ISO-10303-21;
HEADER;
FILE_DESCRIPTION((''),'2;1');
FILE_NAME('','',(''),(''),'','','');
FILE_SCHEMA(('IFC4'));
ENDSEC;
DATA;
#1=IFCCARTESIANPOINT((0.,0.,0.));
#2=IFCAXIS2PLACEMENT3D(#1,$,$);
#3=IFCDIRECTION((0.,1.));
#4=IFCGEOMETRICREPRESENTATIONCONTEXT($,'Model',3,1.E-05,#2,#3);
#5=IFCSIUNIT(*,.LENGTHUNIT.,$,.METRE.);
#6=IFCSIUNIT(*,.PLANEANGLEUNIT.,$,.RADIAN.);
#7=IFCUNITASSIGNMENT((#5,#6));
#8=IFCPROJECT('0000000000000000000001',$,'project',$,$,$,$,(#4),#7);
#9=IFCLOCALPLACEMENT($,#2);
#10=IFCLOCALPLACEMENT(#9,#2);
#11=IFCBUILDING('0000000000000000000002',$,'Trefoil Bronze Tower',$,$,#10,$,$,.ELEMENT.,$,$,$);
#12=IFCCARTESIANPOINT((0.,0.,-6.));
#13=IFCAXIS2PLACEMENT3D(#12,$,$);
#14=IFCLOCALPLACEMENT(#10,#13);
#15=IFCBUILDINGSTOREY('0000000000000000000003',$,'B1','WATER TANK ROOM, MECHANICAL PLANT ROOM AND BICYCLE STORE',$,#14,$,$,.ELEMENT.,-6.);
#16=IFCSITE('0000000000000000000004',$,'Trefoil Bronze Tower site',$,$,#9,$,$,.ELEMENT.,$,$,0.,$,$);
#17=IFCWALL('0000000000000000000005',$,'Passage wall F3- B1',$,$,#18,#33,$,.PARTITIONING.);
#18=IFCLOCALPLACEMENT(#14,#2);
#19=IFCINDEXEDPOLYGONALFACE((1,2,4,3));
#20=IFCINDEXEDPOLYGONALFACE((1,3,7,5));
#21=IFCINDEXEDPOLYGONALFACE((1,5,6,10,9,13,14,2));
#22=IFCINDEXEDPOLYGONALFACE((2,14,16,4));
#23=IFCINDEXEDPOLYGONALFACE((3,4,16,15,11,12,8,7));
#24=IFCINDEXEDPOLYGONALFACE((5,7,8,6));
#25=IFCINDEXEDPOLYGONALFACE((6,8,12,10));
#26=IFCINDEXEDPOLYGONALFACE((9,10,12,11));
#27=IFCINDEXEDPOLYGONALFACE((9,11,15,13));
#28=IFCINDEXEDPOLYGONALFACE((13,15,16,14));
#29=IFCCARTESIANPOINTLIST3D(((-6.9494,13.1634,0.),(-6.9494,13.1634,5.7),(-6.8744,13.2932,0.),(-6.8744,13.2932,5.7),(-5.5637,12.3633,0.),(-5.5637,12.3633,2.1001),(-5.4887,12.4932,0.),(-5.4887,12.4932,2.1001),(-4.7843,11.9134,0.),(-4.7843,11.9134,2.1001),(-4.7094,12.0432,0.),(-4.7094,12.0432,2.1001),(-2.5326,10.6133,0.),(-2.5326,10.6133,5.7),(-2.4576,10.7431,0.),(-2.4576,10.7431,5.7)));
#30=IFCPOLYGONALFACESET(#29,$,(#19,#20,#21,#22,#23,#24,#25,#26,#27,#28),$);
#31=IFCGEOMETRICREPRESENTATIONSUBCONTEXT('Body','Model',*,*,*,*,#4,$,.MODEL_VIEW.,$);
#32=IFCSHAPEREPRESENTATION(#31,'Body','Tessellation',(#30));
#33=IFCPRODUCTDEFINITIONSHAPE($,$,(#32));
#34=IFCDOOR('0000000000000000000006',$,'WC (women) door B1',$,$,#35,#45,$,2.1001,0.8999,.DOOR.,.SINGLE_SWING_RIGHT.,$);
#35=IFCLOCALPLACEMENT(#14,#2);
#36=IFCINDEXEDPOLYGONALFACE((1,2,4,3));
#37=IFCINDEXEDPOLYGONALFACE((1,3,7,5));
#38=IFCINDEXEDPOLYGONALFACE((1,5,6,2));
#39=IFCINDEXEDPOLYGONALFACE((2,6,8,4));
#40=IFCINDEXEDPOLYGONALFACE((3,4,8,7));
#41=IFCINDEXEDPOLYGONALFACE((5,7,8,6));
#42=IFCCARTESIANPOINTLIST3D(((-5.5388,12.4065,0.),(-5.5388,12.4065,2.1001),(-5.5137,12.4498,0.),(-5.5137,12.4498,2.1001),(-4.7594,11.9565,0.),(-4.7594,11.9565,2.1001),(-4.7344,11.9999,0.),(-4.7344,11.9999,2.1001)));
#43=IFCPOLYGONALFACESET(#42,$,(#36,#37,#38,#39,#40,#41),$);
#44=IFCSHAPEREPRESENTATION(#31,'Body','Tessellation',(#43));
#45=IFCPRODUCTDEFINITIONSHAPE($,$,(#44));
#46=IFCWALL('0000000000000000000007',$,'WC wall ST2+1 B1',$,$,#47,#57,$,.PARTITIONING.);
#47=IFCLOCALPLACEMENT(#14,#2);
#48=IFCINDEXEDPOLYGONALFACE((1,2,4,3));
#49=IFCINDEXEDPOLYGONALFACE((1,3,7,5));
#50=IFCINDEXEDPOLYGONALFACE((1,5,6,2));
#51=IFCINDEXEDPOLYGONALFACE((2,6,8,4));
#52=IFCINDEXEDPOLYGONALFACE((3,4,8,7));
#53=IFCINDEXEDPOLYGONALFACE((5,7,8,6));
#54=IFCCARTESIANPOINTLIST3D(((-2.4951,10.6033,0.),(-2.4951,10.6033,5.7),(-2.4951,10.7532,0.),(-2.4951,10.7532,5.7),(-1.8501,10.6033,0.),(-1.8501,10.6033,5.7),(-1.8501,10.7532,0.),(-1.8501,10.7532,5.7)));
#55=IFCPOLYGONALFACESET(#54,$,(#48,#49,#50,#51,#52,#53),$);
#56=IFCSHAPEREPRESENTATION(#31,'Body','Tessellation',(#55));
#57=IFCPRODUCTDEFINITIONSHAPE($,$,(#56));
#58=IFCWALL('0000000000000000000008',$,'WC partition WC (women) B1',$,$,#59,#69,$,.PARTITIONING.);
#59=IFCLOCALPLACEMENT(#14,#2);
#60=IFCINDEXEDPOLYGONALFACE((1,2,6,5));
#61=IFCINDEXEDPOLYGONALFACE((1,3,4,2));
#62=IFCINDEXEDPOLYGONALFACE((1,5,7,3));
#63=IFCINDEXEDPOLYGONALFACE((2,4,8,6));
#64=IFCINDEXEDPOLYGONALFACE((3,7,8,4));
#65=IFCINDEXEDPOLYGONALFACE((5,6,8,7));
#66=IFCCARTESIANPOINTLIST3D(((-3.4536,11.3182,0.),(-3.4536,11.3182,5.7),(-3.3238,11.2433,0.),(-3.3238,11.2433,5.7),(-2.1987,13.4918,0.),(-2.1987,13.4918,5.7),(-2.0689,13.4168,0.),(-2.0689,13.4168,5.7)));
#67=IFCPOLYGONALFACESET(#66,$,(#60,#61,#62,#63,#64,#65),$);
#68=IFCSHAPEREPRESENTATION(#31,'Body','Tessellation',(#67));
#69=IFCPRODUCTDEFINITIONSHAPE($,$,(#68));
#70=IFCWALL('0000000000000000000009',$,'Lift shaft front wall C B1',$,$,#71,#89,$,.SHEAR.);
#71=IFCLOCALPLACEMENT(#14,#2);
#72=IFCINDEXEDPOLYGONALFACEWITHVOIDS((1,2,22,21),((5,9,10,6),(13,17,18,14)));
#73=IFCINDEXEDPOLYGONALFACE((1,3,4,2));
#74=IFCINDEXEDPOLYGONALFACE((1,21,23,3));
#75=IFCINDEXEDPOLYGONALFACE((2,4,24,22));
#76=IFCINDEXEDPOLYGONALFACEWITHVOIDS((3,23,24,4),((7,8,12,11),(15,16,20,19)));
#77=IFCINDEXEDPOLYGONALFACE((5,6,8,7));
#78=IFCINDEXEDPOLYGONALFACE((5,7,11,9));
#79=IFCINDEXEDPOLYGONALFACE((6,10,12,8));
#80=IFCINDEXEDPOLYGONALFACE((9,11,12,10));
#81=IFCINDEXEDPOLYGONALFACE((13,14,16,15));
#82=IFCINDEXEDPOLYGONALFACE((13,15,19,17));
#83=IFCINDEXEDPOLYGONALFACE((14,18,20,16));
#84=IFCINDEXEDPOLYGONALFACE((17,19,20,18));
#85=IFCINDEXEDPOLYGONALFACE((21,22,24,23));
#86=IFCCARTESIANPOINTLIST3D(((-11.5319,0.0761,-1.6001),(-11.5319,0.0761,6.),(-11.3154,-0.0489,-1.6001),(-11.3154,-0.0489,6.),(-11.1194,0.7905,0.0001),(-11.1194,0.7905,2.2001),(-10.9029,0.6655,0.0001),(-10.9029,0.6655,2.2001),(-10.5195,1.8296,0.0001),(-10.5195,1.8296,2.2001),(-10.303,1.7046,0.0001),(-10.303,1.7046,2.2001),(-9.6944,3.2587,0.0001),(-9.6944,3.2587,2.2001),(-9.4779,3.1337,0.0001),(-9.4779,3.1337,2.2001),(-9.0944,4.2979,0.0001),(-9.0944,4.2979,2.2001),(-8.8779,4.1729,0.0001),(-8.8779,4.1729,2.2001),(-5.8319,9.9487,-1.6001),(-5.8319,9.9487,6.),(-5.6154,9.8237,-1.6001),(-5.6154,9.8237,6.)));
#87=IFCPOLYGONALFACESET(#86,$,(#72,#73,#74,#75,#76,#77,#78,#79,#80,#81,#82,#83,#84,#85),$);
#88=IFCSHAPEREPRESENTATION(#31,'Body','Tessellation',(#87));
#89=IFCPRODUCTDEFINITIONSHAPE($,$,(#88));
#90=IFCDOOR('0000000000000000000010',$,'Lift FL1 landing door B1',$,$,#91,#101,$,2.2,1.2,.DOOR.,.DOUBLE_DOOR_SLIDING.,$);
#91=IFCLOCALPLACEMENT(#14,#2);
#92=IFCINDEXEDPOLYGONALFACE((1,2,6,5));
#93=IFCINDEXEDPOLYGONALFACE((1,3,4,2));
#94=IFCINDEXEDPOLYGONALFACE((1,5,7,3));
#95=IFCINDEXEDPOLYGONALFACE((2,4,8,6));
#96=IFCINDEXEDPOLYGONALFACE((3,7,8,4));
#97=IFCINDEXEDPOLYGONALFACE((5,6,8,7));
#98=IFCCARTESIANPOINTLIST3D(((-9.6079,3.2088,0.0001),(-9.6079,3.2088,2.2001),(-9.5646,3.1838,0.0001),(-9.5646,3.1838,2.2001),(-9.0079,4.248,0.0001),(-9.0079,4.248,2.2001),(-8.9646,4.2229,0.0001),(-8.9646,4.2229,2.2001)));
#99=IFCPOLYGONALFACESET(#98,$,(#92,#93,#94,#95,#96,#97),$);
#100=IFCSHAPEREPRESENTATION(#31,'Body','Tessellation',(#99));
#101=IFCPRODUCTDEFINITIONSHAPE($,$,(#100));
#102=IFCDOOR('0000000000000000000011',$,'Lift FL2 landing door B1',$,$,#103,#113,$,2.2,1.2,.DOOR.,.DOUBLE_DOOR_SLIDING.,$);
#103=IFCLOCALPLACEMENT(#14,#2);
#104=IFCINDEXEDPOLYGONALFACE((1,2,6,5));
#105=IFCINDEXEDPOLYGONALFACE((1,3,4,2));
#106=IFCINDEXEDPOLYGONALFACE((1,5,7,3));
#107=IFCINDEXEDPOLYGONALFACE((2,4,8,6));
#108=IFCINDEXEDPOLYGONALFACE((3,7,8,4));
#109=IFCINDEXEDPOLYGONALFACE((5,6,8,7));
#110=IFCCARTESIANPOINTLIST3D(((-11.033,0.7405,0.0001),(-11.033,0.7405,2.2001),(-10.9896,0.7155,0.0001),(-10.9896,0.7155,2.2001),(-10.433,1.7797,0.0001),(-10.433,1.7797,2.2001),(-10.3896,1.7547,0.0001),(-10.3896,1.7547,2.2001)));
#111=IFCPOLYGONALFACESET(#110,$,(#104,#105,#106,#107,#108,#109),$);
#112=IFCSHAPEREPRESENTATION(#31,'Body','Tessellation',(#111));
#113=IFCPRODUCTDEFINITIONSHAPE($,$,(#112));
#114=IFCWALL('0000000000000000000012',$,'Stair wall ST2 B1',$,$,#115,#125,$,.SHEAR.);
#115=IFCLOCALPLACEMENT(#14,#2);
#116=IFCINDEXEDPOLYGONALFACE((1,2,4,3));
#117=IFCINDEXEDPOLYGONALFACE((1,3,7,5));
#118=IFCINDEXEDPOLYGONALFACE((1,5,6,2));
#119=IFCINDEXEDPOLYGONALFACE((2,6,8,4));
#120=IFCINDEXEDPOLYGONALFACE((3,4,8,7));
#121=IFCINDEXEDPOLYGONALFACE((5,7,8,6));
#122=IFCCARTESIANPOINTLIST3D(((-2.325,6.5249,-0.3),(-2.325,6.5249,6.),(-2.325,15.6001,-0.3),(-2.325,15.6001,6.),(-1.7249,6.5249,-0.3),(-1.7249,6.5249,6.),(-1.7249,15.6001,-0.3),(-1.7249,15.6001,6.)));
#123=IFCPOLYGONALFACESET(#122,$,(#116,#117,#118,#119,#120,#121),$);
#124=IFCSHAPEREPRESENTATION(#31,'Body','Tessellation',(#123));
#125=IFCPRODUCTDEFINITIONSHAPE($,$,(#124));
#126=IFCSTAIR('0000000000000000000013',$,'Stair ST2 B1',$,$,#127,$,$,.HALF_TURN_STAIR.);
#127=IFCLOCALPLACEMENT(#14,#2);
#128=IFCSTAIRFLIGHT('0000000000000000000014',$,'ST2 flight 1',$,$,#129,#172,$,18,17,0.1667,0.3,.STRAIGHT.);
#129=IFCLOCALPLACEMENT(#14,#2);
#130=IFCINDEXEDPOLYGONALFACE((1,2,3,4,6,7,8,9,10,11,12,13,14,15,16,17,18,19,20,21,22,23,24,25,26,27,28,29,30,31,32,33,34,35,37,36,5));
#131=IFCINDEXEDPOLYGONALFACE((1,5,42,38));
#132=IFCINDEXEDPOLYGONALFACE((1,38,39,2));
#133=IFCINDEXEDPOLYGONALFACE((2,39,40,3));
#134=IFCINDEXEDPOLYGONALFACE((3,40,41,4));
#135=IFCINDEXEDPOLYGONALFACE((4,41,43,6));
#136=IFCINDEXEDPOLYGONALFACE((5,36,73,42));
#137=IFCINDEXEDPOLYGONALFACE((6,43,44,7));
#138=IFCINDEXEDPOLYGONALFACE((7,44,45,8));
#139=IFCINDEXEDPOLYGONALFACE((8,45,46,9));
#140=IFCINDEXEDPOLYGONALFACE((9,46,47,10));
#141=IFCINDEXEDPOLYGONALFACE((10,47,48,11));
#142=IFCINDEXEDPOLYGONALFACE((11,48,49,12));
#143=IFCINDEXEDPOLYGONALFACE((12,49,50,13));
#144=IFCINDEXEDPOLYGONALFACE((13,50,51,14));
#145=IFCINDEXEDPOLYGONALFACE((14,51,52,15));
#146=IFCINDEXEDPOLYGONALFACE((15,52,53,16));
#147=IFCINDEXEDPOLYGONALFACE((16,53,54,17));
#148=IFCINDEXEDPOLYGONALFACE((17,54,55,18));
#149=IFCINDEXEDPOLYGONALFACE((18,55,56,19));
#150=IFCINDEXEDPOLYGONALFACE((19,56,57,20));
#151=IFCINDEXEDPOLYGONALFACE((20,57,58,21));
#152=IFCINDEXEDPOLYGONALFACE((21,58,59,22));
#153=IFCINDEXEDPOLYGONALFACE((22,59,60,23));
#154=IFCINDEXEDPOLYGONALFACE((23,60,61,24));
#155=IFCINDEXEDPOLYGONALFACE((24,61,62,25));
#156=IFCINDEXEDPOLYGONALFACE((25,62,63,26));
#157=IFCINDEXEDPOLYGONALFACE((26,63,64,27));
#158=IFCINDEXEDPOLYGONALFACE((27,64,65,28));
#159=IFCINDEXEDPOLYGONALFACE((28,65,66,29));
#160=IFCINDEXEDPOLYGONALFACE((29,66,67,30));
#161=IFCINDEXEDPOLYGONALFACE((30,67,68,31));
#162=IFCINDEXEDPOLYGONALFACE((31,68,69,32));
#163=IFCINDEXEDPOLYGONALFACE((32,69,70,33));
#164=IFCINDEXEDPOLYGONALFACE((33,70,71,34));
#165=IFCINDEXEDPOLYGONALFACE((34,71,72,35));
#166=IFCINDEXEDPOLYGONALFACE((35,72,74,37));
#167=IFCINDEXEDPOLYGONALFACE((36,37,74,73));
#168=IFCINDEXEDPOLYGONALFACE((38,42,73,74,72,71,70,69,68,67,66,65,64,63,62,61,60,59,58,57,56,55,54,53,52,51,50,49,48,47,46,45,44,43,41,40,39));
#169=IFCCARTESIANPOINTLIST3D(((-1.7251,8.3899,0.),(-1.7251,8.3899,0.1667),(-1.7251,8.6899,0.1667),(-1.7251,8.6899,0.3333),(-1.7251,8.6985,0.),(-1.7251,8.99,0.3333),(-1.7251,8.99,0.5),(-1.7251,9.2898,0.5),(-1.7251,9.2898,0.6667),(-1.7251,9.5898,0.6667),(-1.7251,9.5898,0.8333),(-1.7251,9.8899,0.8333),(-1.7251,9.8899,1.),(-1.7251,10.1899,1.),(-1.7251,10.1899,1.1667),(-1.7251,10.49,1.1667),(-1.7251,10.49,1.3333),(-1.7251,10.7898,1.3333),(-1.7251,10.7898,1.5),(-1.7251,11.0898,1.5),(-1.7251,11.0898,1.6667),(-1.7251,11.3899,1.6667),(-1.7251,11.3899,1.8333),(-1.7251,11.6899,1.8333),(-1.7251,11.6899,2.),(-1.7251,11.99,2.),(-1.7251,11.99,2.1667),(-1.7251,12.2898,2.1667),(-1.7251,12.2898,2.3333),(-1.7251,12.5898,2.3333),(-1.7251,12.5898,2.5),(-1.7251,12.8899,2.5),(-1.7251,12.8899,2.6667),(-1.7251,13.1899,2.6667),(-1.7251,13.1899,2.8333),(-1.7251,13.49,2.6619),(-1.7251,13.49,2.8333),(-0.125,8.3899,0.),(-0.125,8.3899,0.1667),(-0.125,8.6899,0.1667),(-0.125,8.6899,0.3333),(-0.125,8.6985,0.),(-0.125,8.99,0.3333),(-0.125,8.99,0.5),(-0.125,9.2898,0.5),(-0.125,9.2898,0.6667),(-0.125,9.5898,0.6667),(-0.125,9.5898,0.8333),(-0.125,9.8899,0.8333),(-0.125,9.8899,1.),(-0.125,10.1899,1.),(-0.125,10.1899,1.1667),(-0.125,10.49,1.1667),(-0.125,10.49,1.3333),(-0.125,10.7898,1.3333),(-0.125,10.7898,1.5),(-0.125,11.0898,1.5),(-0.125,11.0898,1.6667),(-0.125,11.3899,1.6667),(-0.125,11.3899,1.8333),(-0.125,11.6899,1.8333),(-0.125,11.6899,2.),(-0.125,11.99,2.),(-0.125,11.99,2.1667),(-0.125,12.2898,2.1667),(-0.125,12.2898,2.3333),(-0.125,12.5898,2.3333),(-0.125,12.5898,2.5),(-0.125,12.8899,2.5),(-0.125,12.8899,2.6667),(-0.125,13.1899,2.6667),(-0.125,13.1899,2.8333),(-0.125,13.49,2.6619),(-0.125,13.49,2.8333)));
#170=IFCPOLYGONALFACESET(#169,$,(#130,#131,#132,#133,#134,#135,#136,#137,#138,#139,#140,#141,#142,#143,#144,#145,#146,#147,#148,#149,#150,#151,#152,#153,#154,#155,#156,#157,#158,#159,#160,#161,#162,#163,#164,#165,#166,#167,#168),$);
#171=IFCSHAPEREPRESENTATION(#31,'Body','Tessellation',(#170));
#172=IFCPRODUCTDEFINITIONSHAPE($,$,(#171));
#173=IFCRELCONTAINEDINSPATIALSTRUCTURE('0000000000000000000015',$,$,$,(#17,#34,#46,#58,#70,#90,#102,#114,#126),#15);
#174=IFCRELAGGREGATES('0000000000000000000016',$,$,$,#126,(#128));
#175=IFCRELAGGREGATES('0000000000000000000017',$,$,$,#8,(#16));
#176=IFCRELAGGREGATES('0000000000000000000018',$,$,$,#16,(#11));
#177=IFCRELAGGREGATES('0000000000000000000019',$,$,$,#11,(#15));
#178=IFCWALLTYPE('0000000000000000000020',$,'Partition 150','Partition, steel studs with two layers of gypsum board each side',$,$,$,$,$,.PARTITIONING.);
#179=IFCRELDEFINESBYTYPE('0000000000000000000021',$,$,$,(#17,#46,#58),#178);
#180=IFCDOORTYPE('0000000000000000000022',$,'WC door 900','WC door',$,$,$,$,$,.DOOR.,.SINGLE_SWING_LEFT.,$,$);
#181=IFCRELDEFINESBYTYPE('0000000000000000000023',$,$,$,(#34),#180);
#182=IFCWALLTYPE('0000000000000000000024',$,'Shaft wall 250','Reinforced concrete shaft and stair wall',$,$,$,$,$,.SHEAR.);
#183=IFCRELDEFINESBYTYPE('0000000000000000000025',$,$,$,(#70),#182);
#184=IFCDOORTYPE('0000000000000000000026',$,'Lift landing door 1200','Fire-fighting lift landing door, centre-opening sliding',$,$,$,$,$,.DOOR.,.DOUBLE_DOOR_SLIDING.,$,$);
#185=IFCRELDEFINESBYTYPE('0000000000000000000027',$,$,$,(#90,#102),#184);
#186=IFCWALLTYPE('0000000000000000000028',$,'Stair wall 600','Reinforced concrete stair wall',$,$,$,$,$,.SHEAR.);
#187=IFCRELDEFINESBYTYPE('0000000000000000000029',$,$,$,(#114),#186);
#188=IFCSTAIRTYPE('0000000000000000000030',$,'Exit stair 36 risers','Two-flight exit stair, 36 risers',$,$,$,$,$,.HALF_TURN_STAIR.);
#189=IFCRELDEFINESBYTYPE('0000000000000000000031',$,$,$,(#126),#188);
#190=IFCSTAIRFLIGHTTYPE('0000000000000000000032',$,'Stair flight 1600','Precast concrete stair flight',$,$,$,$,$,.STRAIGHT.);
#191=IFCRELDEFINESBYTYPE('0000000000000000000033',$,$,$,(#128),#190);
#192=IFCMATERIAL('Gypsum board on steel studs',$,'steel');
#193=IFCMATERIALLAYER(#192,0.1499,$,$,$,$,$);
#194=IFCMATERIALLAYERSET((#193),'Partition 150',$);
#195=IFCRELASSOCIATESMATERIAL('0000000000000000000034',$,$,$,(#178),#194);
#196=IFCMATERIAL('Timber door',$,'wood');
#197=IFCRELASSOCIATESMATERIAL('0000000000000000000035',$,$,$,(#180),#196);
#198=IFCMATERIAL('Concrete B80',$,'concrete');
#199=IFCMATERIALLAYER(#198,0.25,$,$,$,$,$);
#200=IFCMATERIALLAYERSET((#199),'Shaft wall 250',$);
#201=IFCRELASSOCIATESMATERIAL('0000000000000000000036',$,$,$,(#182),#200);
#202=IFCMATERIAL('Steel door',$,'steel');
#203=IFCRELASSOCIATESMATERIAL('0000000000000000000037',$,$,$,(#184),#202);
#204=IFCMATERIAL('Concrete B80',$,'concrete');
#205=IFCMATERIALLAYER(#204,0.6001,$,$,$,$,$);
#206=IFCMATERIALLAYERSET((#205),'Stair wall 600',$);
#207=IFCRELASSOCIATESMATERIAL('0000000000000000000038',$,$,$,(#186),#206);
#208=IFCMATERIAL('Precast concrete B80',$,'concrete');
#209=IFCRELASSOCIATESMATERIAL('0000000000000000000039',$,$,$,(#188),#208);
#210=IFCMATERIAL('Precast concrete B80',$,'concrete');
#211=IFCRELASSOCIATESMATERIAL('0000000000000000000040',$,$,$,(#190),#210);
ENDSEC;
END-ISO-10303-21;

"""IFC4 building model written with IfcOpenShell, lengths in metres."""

from ifc_helpers import new_model, si_unit, direction, frame, frame_2d, origin, place, context, subcontext, project, spatial, polyline, rectangle, outline, extrude, material, layer, layer_set, type_object, element, fill, aggregate, save


model = new_model("IFC4")

# Units and contexts
model_context = context("Model", 3, precision=1e-05, world=origin(), true_north=direction((0.0, 1.0)))
body_context = subcontext(model_context, "Body", "Model", "MODEL_VIEW")
ifc_project = project(units=[si_unit("LENGTHUNIT", "METRE"), si_unit("PLANEANGLEUNIT", "RADIAN")], contexts=[model_context])

# Site, building, storey
site_placement = place(None, origin())
site = spatial("IfcSite", under=ifc_project, at=site_placement, Name="Trefoil Bronze Tower site", CompositionType="ELEMENT", RefElevation=0.0)
building_placement = place(site_placement, origin())
building = spatial("IfcBuilding", under=site, at=building_placement, Name="Trefoil Bronze Tower", CompositionType="ELEMENT")
storey_placement = place(building_placement, frame((0.0, 0.0, -6.0)))
storey = spatial("IfcBuildingStorey", under=building, at=storey_placement, Name="B1", Description="WATER TANK ROOM, MECHANICAL PLANT ROOM AND BICYCLE STORE", CompositionType="ELEMENT", Elevation=-6.0)

# Wall, opening, door
ifc_material_1 = material(Name="Gypsum board on steel studs", Category="steel")
ifc_layer_1 = layer(ifc_material_1, 0.1499)
ifc_layer_set_1 = layer_set([ifc_layer_1], Name="Partition 150")
wall_type_1 = type_object("IfcWallType", Name="Partition 150", Description="Partition, steel studs with two layers of gypsum board each side", PredefinedType="PARTITIONING", material=ifc_layer_set_1)
wall_1_placement = place(storey_placement, frame((-2.4951, 10.6782, 0.0), z_axis=(0.0, 0.0, 1.0), x_axis=(-0.866022, 0.500006, 0.0)))
wall_1 = element("IfcWall", 1, at=wall_1_placement, inside=storey, type_object=wall_type_1, Name="Passage wall F3- B1", PredefinedType="PARTITIONING", context=body_context, shape_type="SweptSolid", body=[
    extrude(rectangle(XDim=5.1001, YDim=0.1499, at=frame_2d((2.55, 0.0))), origin(), (0.0, 0.0, 1.0), 5.7),
])
opening_1_placement = place(wall_1_placement, frame((2.6001, 0.0, 0.0)))
opening_1 = element("IfcOpeningElement", 2, at=opening_1_placement, cuts=wall_1, PredefinedType="OPENING", context=body_context, shape_type="SweptSolid", body=[
    extrude(rectangle(XDim=0.8999, YDim=2.1001, at=frame_2d((0.45, 1.05))), frame((0.0, 0.085, 0.0), z_axis=(0.0, -1.0, 0.0), x_axis=(1.0, 0.0, 0.0)), (0.0, 0.0, 1.0), 0.1699),
])
ifc_material_2 = material(Name="Timber door", Category="wood")
door_type_1 = type_object("IfcDoorType", Name="WC door 900", Description="WC door", OperationType="SINGLE_SWING_LEFT", PredefinedType="DOOR", material=ifc_material_2)
door_1_placement = place(opening_1_placement, frame((0.8999, 0.0, 0.0), z_axis=(0.0, 0.0, 1.0), x_axis=(-1.0, 0.0, 0.0)))
door_1 = element("IfcDoor", 3, at=door_1_placement, inside=storey, type_object=door_type_1, Name="WC (women) door B1", OperationType="SINGLE_SWING_RIGHT", OverallHeight=2.1001, OverallWidth=0.8999, PredefinedType="DOOR", context=body_context, shape_type="SweptSolid", body=[
    extrude(rectangle(XDim=0.8999, YDim=2.1001, at=frame_2d((0.45, 1.05))), frame((0.0, 0.0249, 0.0), z_axis=(0.0, -1.0, 0.0), x_axis=(1.0, 0.0, 0.0)), (0.0, 0.0, 1.0), 0.05),
])
fill(opening_1, door_1)

# Walls
wall_2_placement = place(storey_placement, frame((-2.4951, 10.6782, 0.0), z_axis=(0.0, 0.0, 1.0), x_axis=(1.0, 0.0, 0.0)))
element("IfcWall", 4, at=wall_2_placement, inside=storey, type_object=wall_type_1, Name="WC wall ST2+1 B1", PredefinedType="PARTITIONING", context=body_context, shape_type="SweptSolid", body=[
    extrude(rectangle(XDim=0.645, YDim=0.1499, at=frame_2d((0.3225, 0.0))), origin(), (0.0, 0.0, 1.0), 5.7),
])
wall_3_placement = place(storey_placement, frame((-3.3887, 11.2808, 0.0), z_axis=(0.0, 0.0, 1.0), x_axis=(0.499989, 0.866032, 0.0)))
element("IfcWall", 5, at=wall_3_placement, inside=storey, type_object=wall_type_1, Name="WC partition WC (women) B1", PredefinedType="PARTITIONING", context=body_context, shape_type="SweptSolid", body=[
    extrude(rectangle(XDim=2.5098, YDim=0.1499, at=frame_2d((1.2549, 0.0))), origin(), (0.0, 0.0, 1.0), 5.7),
])

# Wall, openings, doors
ifc_material_3 = material(Name="Concrete B80", Category="concrete")
ifc_layer_2 = layer(ifc_material_3, 0.25)
ifc_layer_set_2 = layer_set([ifc_layer_2], Name="Shaft wall 250")
wall_type_2 = type_object("IfcWallType", Name="Shaft wall 250", Description="Reinforced concrete shaft and stair wall", PredefinedType="SHEAR", material=ifc_layer_set_2)
wall_4_placement = place(storey_placement, frame((-5.7236, 9.8862, -1.6001), z_axis=(0.0, 0.0, 1.0), x_axis=(-0.500002, -0.866024, 0.0)))
wall_4 = element("IfcWall", 6, at=wall_4_placement, inside=storey, type_object=wall_type_2, Name="Lift shaft front wall C B1", PredefinedType="SHEAR", context=body_context, shape_type="SweptSolid", body=[
    extrude(rectangle(XDim=11.3999, YDim=0.25, at=frame_2d((5.7, 0.0))), origin(), (0.0, 0.0, 1.0), 7.6001),
])
opening_2_placement = place(wall_4_placement, frame((6.5249, 0.0, 1.6001)))
opening_2 = element("IfcOpeningElement", 7, at=opening_2_placement, cuts=wall_4, PredefinedType="OPENING", context=body_context, shape_type="SweptSolid", body=[
    extrude(rectangle(XDim=1.2, YDim=2.2, at=frame_2d((0.6001, 1.1001))), frame((0.0, 0.135, 0.0), z_axis=(0.0, -1.0, 0.0), x_axis=(1.0, 0.0, 0.0)), (0.0, 0.0, 1.0), 0.27),
])
opening_3_placement = place(wall_4_placement, frame((9.375, 0.0, 1.6001)))
opening_3 = element("IfcOpeningElement", 8, at=opening_3_placement, cuts=wall_4, PredefinedType="OPENING", context=body_context, shape_type="SweptSolid", body=[
    extrude(rectangle(XDim=1.2, YDim=2.2, at=frame_2d((0.6001, 1.1001))), frame((0.0, 0.135, 0.0), z_axis=(0.0, -1.0, 0.0), x_axis=(1.0, 0.0, 0.0)), (0.0, 0.0, 1.0), 0.27),
])
ifc_material_4 = material(Name="Steel door", Category="steel")
door_type_2 = type_object("IfcDoorType", Name="Lift landing door 1200", Description="Fire-fighting lift landing door, centre-opening sliding", OperationType="DOUBLE_DOOR_SLIDING", PredefinedType="DOOR", material=ifc_material_4)
door_2_placement = place(opening_2_placement, origin())
door_2 = element("IfcDoor", 9, at=door_2_placement, inside=storey, type_object=door_type_2, Name="Lift FL1 landing door B1", OperationType="DOUBLE_DOOR_SLIDING", OverallHeight=2.2, OverallWidth=1.2, PredefinedType="DOOR", context=body_context, shape_type="SweptSolid", body=[
    extrude(rectangle(XDim=1.2, YDim=2.2, at=frame_2d((0.6001, 1.1001))), frame((0.0, 0.0249, 0.0), z_axis=(0.0, -1.0, 0.0), x_axis=(1.0, 0.0, 0.0)), (0.0, 0.0, 1.0), 0.05),
])
fill(opening_2, door_2)
door_3_placement = place(opening_3_placement, origin())
door_3 = element("IfcDoor", 10, at=door_3_placement, inside=storey, type_object=door_type_2, Name="Lift FL2 landing door B1", OperationType="DOUBLE_DOOR_SLIDING", OverallHeight=2.2, OverallWidth=1.2, PredefinedType="DOOR", context=body_context, shape_type="SweptSolid", body=[
    extrude(rectangle(XDim=1.2, YDim=2.2, at=frame_2d((0.6001, 1.1001))), frame((0.0, 0.0249, 0.0), z_axis=(0.0, -1.0, 0.0), x_axis=(1.0, 0.0, 0.0)), (0.0, 0.0, 1.0), 0.05),
])
fill(opening_3, door_3)

# Wall
ifc_material_5 = material(Name="Concrete B80", Category="concrete")
ifc_layer_3 = layer(ifc_material_5, 0.6001)
ifc_layer_set_3 = layer_set([ifc_layer_3], Name="Stair wall 600")
wall_type_3 = type_object("IfcWallType", Name="Stair wall 600", Description="Reinforced concrete stair wall", PredefinedType="SHEAR", material=ifc_layer_set_3)
wall_5_placement = place(storey_placement, frame((-2.0249, 6.5249, -0.3), z_axis=(0.0, 0.0, 1.0), x_axis=(0.0, 1.0, 0.0)))
element("IfcWall", 11, at=wall_5_placement, inside=storey, type_object=wall_type_3, Name="Stair wall ST2 B1", PredefinedType="SHEAR", context=body_context, shape_type="SweptSolid", body=[
    extrude(rectangle(XDim=9.0752, YDim=0.6001, at=frame_2d((4.5376, 0.0))), origin(), (0.0, 0.0, 1.0), 6.3),
])

# Stair, stair flight
ifc_material_6 = material(Name="Precast concrete B80", Category="concrete")
stair_type = type_object("IfcStairType", Name="Exit stair 36 risers", Description="Two-flight exit stair, 36 risers", PredefinedType="HALF_TURN_STAIR", material=ifc_material_6)
stair_placement = place(storey_placement, origin())
stair = element("IfcStair", 12, at=stair_placement, inside=storey, type_object=stair_type, Name="Stair ST2 B1", PredefinedType="HALF_TURN_STAIR")
ifc_material_7 = material(Name="Precast concrete B80", Category="concrete")
stair_flight_type = type_object("IfcStairFlightType", Name="Stair flight 1600", Description="Precast concrete stair flight", PredefinedType="STRAIGHT", material=ifc_material_7)
stair_flight_placement = place(storey_placement, frame((-0.925, 8.3899, 0.0), z_axis=(0.0, 0.0, 1.0), x_axis=(0.0, 1.0, 0.0)))
stair_flight = element("IfcStairFlight", 13, at=stair_flight_placement, type_object=stair_flight_type, Name="ST2 flight 1", NumberOfRisers=18, NumberOfTreads=17, PredefinedType="STRAIGHT", RiserHeight=0.1667, TreadLength=0.3, context=body_context, shape_type="SweptSolid", body=[
    extrude(outline(polyline([(0.0, 0.0), (0.0, 0.1667), (0.3, 0.1667), (0.3, 0.3333), (0.6001, 0.3333), (0.6001, 0.5), (0.8999, 0.5), (0.8999, 0.6667), (1.2, 0.6667), (1.2, 0.8333), (1.5, 0.8333), (1.5, 1.0), (1.8, 1.0), (1.8, 1.1667), (2.1001, 1.1667), (2.1001, 1.3333), (2.3999, 1.3333), (2.3999, 1.5), (2.7, 1.5), (2.7, 1.6667), (3.0, 1.6667), (3.0, 1.8333), (3.3, 1.8333), (3.3, 2.0), (3.6001, 2.0), (3.6001, 2.1667), (3.8999, 2.1667), (3.8999, 2.3333), (4.2, 2.3333), (4.2, 2.5), (4.5, 2.5), (4.5, 2.6667), (4.8, 2.6667), (4.8, 2.8333), (5.1001, 2.8333), (5.1001, 3.0), (5.1001, 2.6619), (0.3086, 0.0), (0.0, 0.0)])), frame((0.0, 0.8, 0.0), z_axis=(0.0, -1.0, 0.0), x_axis=(1.0, 0.0, 0.0)), (0.0, 0.0, 1.0), 1.6001),
])
aggregate(stair, [stair_flight])

save(model, "model.ifc")
